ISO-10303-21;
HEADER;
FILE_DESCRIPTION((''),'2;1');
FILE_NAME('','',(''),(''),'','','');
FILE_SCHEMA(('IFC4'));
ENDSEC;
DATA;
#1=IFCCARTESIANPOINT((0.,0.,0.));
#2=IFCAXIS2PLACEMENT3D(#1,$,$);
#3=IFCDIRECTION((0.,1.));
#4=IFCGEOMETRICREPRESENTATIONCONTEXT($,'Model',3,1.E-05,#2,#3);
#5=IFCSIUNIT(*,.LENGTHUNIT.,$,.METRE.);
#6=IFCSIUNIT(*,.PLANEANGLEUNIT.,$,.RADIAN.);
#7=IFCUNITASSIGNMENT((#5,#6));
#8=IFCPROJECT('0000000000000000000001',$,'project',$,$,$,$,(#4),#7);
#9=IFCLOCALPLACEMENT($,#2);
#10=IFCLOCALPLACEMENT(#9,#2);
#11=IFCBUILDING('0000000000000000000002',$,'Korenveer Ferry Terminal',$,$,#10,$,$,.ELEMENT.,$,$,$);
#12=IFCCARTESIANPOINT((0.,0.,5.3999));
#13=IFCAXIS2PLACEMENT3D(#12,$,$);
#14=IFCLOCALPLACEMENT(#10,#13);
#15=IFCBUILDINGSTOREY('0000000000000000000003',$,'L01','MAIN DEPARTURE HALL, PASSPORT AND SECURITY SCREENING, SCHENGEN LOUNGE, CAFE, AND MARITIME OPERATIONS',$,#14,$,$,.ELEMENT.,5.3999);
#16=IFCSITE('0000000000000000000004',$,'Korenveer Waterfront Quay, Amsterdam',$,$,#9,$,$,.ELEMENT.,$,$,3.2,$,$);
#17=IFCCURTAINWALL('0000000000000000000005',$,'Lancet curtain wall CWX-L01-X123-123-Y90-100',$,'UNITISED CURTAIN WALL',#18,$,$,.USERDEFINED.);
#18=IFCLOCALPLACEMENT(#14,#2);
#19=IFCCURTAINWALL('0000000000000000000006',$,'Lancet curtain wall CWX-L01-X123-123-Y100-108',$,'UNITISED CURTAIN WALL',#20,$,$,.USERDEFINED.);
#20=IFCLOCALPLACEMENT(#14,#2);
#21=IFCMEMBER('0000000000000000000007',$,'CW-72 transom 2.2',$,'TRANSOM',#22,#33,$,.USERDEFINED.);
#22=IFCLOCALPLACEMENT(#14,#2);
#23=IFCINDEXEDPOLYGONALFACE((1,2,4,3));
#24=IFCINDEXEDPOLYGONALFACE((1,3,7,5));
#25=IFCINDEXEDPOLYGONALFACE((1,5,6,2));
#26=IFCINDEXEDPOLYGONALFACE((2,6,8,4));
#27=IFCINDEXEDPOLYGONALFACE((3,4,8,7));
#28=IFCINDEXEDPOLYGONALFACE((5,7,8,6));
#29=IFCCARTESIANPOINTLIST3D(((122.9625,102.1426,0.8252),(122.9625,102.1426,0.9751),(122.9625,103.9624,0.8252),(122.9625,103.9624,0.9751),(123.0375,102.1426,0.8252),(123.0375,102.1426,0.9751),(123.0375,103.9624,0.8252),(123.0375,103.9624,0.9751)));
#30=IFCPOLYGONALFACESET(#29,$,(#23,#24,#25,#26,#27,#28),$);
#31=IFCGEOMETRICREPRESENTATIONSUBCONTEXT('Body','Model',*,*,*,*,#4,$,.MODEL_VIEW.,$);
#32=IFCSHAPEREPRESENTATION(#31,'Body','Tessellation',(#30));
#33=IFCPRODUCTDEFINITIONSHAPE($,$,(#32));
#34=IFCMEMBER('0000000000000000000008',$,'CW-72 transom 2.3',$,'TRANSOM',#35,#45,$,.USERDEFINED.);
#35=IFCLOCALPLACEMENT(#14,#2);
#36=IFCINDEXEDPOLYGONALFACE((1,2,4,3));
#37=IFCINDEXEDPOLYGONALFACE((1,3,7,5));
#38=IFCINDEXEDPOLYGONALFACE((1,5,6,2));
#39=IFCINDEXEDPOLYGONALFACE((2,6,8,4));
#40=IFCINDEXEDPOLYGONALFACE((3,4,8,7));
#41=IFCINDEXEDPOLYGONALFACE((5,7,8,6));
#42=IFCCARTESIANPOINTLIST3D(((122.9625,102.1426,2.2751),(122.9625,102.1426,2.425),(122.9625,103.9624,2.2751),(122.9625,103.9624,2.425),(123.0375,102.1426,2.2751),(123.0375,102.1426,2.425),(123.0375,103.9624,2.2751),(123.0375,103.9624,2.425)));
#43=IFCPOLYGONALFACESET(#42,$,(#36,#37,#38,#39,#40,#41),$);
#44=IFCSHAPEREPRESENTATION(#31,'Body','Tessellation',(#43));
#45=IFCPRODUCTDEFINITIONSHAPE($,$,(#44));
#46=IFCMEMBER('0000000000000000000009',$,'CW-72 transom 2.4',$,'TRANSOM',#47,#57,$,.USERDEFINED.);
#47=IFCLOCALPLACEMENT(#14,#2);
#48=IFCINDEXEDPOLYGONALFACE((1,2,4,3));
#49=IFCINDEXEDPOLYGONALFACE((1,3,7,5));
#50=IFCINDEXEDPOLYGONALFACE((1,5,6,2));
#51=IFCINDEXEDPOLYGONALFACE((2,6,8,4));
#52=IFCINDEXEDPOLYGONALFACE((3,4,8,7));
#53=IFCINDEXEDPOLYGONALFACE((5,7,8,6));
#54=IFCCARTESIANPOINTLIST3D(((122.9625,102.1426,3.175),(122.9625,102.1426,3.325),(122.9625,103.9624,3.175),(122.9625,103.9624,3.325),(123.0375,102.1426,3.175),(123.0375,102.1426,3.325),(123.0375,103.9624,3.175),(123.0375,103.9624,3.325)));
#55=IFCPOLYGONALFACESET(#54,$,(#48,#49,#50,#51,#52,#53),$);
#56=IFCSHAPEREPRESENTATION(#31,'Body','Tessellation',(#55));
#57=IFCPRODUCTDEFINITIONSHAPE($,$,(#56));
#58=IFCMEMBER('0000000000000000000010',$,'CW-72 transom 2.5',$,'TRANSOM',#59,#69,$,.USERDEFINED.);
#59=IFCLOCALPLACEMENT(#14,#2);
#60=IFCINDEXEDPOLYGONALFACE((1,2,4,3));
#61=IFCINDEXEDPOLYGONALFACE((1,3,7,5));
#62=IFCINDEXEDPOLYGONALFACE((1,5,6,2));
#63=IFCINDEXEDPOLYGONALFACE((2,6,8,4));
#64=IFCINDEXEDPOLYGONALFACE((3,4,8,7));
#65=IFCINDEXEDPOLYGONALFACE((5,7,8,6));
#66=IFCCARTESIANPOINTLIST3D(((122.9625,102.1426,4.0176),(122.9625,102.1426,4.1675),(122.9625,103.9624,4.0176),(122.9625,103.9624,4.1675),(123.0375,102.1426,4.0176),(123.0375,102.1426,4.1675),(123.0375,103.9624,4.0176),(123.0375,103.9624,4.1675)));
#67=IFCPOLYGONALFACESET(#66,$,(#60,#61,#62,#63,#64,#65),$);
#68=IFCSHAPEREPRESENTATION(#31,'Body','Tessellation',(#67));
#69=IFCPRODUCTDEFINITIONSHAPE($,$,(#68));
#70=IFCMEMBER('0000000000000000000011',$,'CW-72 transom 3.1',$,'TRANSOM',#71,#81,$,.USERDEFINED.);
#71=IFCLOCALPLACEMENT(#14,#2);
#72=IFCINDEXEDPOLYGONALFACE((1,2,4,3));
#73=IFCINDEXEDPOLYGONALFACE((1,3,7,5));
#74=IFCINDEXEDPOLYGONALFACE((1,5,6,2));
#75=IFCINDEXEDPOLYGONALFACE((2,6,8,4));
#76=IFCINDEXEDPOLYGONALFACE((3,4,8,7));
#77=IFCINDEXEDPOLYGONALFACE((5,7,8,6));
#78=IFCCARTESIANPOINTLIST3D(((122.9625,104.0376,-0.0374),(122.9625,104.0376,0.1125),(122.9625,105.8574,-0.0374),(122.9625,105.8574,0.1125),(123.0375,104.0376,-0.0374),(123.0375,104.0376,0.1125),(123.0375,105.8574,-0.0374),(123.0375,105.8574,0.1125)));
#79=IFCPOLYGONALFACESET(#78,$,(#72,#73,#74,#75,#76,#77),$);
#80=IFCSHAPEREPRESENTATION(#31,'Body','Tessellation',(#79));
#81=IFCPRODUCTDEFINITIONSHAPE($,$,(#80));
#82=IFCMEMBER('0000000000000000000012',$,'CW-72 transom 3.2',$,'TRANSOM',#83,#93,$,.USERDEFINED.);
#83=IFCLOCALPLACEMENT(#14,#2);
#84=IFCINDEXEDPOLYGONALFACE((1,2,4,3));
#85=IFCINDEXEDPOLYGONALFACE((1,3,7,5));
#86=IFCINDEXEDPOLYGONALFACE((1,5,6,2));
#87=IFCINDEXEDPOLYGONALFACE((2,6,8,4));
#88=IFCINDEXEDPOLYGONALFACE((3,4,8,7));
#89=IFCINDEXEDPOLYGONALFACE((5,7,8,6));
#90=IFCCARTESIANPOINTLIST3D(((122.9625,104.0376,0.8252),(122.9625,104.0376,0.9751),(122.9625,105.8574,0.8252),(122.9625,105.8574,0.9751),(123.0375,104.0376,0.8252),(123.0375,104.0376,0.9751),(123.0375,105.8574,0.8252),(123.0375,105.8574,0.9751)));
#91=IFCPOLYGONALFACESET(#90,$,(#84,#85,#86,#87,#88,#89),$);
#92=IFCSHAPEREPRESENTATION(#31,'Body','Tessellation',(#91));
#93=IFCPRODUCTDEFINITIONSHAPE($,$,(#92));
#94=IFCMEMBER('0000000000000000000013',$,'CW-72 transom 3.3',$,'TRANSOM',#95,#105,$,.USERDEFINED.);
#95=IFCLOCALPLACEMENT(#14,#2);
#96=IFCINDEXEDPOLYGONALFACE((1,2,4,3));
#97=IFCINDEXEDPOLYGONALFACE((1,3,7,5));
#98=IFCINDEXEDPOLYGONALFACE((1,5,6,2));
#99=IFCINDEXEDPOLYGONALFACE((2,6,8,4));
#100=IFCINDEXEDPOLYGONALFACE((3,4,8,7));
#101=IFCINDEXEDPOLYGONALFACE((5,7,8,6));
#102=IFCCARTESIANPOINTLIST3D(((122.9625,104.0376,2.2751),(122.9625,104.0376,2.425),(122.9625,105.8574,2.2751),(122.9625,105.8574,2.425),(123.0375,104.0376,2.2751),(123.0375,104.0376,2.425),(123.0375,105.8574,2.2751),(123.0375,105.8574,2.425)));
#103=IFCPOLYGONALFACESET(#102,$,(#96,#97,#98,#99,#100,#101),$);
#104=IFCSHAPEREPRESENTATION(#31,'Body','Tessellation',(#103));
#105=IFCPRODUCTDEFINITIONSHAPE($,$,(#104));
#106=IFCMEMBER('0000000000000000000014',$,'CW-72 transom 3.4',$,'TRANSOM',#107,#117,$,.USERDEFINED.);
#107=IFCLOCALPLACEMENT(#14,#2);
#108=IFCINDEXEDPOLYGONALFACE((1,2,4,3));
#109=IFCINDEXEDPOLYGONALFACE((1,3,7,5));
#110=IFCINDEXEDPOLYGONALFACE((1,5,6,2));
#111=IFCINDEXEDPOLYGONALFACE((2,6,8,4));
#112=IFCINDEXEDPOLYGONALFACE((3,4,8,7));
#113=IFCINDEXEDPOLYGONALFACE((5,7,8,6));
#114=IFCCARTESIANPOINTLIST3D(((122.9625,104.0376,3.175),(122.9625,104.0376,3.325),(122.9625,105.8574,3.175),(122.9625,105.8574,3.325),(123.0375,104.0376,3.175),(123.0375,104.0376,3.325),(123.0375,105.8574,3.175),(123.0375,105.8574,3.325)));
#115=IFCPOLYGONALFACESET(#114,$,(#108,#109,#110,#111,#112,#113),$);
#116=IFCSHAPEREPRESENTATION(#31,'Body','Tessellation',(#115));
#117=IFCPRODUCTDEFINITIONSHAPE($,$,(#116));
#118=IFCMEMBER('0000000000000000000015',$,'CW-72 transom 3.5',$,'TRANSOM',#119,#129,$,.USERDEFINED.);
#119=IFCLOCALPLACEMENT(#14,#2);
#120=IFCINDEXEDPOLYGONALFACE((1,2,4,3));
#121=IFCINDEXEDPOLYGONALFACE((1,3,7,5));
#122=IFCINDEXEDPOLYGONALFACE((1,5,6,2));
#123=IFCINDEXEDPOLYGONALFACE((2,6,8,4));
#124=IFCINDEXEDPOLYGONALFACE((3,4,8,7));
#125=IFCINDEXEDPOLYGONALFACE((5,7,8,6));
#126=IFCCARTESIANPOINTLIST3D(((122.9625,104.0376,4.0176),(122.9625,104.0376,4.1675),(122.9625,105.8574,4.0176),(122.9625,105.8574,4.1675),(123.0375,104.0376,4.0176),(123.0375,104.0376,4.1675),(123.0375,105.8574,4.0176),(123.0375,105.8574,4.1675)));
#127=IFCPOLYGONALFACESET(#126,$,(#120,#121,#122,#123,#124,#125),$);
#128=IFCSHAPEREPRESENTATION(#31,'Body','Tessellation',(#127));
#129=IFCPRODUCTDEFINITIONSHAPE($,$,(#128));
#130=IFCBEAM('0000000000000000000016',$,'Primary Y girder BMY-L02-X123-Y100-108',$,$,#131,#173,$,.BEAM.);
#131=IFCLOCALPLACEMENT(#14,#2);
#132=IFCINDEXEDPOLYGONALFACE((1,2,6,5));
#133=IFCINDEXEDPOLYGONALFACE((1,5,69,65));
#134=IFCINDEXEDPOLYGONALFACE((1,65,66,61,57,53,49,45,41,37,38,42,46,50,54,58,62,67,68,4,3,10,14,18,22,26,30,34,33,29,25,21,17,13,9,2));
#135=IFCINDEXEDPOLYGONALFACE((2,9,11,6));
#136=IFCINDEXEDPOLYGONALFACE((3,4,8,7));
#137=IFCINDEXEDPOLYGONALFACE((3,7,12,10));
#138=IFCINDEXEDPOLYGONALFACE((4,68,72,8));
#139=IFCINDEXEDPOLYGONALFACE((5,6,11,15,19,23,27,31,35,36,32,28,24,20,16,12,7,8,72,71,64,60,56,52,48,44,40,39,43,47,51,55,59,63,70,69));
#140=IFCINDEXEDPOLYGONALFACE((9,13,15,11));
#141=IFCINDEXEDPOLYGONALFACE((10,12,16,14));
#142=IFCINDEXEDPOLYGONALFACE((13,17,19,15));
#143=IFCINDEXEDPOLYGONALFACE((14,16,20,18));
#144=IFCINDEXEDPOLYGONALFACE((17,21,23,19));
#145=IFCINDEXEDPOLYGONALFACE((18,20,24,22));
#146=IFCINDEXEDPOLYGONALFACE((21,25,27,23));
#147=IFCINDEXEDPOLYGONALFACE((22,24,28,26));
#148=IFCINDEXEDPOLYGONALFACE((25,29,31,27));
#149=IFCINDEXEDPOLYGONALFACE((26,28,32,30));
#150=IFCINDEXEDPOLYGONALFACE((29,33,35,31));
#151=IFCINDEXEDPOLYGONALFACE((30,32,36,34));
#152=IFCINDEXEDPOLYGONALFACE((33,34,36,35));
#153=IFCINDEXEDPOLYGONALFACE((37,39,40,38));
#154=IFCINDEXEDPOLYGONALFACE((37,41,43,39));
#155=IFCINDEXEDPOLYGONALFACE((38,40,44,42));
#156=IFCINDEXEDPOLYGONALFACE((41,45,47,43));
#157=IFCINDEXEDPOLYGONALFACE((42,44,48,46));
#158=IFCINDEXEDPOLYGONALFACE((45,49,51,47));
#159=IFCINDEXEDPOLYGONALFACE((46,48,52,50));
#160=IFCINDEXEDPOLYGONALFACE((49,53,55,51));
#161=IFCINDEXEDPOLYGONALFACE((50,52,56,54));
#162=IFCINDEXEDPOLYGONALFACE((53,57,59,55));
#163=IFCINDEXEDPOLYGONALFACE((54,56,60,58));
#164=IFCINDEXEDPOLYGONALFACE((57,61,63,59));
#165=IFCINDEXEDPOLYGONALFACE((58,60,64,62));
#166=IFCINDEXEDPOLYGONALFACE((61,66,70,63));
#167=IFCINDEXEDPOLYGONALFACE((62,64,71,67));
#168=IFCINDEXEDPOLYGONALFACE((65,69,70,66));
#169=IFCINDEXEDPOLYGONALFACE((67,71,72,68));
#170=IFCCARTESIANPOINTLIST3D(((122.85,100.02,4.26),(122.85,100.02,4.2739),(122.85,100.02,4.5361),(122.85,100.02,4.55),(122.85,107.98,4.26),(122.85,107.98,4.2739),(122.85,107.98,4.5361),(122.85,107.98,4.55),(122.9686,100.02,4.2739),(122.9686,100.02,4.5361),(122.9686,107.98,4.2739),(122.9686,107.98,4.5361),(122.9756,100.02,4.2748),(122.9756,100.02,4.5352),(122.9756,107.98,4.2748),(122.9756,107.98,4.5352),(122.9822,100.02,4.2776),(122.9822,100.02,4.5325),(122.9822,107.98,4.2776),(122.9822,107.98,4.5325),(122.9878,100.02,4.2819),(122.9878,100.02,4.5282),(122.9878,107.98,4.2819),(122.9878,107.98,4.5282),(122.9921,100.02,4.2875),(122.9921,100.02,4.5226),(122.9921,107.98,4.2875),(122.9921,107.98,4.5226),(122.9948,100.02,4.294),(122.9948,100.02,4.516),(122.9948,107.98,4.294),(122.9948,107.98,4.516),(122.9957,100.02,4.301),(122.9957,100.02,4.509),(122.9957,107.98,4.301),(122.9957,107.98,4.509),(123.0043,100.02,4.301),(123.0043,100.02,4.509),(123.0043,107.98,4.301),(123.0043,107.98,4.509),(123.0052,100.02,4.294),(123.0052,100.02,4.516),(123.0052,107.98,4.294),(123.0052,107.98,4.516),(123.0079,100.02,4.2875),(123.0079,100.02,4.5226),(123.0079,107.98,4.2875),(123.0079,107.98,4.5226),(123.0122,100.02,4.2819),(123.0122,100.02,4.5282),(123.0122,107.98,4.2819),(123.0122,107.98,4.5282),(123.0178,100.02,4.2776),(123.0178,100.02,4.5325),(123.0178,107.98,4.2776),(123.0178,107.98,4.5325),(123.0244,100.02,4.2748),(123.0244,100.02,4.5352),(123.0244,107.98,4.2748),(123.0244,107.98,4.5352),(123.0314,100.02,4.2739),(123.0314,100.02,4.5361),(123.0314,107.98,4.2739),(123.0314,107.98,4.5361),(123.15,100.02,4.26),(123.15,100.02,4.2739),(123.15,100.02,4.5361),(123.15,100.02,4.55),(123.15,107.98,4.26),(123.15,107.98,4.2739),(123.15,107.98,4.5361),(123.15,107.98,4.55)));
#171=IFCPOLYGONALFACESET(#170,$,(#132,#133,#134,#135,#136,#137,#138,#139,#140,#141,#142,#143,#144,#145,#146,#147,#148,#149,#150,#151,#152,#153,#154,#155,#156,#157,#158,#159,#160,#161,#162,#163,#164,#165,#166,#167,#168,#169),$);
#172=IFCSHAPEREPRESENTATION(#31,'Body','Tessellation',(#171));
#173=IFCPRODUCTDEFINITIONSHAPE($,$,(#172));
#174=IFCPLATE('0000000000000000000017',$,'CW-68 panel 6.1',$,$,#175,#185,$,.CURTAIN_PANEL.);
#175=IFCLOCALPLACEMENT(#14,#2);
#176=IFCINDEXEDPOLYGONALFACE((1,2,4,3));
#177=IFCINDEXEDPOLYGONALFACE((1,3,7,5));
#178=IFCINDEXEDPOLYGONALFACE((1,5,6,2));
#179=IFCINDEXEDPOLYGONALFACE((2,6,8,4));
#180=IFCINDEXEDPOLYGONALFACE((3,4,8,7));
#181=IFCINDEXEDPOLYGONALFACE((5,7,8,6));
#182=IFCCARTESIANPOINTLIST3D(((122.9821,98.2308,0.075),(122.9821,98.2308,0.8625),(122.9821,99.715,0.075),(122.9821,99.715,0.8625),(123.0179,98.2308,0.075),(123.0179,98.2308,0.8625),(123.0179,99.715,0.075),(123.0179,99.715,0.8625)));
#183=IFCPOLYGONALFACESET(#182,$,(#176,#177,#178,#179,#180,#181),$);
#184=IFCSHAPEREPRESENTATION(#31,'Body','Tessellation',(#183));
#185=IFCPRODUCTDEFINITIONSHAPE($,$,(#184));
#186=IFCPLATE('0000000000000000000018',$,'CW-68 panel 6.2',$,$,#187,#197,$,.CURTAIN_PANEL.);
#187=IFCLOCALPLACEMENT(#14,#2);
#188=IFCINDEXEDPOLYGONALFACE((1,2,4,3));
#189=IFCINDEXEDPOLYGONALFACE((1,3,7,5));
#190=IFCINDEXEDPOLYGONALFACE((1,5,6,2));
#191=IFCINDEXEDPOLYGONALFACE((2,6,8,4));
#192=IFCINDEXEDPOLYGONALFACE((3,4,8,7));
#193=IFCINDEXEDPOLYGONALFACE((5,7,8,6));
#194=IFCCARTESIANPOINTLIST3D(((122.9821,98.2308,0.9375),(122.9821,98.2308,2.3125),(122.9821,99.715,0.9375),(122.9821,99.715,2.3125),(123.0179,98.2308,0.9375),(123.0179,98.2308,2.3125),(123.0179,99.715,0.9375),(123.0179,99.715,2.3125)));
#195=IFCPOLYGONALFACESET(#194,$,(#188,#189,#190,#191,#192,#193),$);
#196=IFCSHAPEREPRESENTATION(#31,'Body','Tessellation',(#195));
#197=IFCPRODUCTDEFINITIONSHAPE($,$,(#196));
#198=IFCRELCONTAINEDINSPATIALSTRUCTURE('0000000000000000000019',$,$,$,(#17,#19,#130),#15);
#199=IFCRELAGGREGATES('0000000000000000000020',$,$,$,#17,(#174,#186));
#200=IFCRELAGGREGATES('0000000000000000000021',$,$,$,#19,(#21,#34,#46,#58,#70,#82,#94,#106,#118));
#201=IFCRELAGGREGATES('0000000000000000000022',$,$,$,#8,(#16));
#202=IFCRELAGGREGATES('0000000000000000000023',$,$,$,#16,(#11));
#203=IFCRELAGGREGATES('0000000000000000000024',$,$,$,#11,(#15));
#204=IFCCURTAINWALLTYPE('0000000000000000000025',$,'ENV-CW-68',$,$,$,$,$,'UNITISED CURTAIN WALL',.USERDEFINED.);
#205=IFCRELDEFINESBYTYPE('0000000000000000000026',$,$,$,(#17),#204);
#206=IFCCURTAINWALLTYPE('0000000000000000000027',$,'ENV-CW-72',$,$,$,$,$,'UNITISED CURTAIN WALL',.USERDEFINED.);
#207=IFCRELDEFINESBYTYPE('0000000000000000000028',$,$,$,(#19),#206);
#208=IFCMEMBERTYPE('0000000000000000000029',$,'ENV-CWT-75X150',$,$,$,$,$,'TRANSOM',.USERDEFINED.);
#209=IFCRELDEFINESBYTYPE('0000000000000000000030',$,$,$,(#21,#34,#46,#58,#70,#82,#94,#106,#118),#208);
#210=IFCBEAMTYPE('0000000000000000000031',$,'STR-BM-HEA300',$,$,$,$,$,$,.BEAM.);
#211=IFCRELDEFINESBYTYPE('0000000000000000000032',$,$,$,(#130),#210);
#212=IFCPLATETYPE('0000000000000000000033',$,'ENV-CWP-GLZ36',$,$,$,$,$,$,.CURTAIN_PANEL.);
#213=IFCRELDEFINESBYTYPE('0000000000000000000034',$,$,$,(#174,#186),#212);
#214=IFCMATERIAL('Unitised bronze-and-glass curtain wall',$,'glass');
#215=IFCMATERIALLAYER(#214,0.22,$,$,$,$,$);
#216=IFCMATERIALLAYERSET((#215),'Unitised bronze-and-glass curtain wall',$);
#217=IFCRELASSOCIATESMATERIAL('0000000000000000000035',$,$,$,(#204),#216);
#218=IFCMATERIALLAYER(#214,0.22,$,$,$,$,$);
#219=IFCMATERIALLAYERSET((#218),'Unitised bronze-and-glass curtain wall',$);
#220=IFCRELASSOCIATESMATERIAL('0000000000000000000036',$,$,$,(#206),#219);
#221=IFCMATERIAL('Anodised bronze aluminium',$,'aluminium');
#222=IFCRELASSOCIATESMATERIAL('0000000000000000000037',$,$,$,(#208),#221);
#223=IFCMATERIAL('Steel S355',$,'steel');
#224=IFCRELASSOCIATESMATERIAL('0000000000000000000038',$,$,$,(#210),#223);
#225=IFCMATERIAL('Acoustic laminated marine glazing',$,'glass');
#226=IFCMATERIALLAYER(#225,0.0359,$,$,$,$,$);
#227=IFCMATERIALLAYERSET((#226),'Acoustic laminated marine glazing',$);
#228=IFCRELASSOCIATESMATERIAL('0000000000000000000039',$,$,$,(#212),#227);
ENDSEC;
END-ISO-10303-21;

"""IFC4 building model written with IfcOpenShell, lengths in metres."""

from ifc_helpers import new_model, si_unit, direction, frame, origin, origin_2d, place, context, subcontext, project, spatial, rectangle, i_section, extrude, material, layer, layer_set, material_profile, profile_set, type_object, element, aggregate, save


model = new_model("IFC4")

# Units and contexts
model_context = context("Model", 3, precision=1e-05, world=origin(), true_north=direction((0.0, 1.0)))
body_context = subcontext(model_context, "Body", "Model", "MODEL_VIEW")
ifc_project = project(units=[si_unit("LENGTHUNIT", "METRE"), si_unit("PLANEANGLEUNIT", "RADIAN")], contexts=[model_context])

# Site, building, storey
site_placement = place(None, origin())
site = spatial("IfcSite", under=ifc_project, at=site_placement, Name="Korenveer Waterfront Quay, Amsterdam", CompositionType="ELEMENT", RefElevation=3.2)
building_placement = place(site_placement, origin())
building = spatial("IfcBuilding", under=site, at=building_placement, Name="Korenveer Ferry Terminal", CompositionType="ELEMENT")
storey_placement = place(building_placement, frame((0.0, 0.0, 5.3999)))
storey = spatial("IfcBuildingStorey", under=building, at=storey_placement, Name="L01", Description="MAIN DEPARTURE HALL, PASSPORT AND SECURITY SCREENING, SCHENGEN LOUNGE, CAFE, AND MARITIME OPERATIONS", CompositionType="ELEMENT", Elevation=5.3999)

# Shared definitions
ifc_material_1 = material(Name="Steel S355", Category="steel")

# Curtain wall
ifc_material_2 = material(Name="Unitised bronze-and-glass curtain wall", Category="glass")
ifc_layer_1 = layer(ifc_material_2, 0.22)
ifc_layer_set_1 = layer_set([ifc_layer_1], Name="Unitised bronze-and-glass curtain wall")
curtain_wall_type_1 = type_object("IfcCurtainWallType", Name="ENV-CW-68", ElementType="UNITISED CURTAIN WALL", PredefinedType="USERDEFINED", material=ifc_layer_set_1)
curtain_wall_1_placement = place(storey_placement, frame((123.0, 90.21, 0.0)))
curtain_wall_1 = element("IfcCurtainWall", 1, at=curtain_wall_1_placement, inside=storey, type_object=curtain_wall_type_1, Name="Lancet curtain wall CWX-L01-X123-123-Y90-100", ObjectType="UNITISED CURTAIN WALL", PredefinedType="USERDEFINED")
ifc_material_3 = material(Name="Anodised bronze aluminium", Category="aluminium")

# Curtain wall
ifc_layer_2 = layer(ifc_material_2, 0.22)
ifc_layer_set_2 = layer_set([ifc_layer_2], Name="Unitised bronze-and-glass curtain wall")
curtain_wall_type_2 = type_object("IfcCurtainWallType", Name="ENV-CW-72", ElementType="UNITISED CURTAIN WALL", PredefinedType="USERDEFINED", material=ifc_layer_set_2)
curtain_wall_2_placement = place(storey_placement, frame((123.0, 100.21, 0.0)))
curtain_wall_2 = element("IfcCurtainWall", 2, at=curtain_wall_2_placement, inside=storey, type_object=curtain_wall_type_2, Name="Lancet curtain wall CWX-L01-X123-123-Y100-108", ObjectType="UNITISED CURTAIN WALL", PredefinedType="USERDEFINED")

# Members
ifc_material_profile_1 = material_profile(ifc_material_3, rectangle(XDim=0.075, YDim=0.1499, at=origin_2d()), Name="ALU 75x150")
ifc_profile_set_1 = profile_set([ifc_material_profile_1], Name="Anodised bronze aluminium")
member_type_1 = type_object("IfcMemberType", Name="ENV-CWT-75X150", ElementType="TRANSOM", PredefinedType="USERDEFINED", material=ifc_profile_set_1)
member_1_placement = place(storey_placement, frame((123.0, 102.1426, 0.9001), z_axis=(0.0, 1.0, 0.0), x_axis=(-1.0, 0.0, 0.0)))
member_1 = element("IfcMember", 3, at=member_1_placement, type_object=member_type_1, Name="CW-72 transom 2.2", ObjectType="TRANSOM", PredefinedType="USERDEFINED", context=body_context, shape_type="SweptSolid", body=[
    extrude(rectangle(XDim=0.075, YDim=0.1499, at=origin_2d()), origin(), (0.0, 0.0, 1.0), 1.8198),
])
member_2_placement = place(storey_placement, frame((123.0, 102.1426, 2.3501), z_axis=(0.0, 1.0, 0.0), x_axis=(-1.0, 0.0, 0.0)))
member_2 = element("IfcMember", 4, at=member_2_placement, type_object=member_type_1, Name="CW-72 transom 2.3", ObjectType="TRANSOM", PredefinedType="USERDEFINED", context=body_context, shape_type="SweptSolid", body=[
    extrude(rectangle(XDim=0.075, YDim=0.1499, at=origin_2d()), origin(), (0.0, 0.0, 1.0), 1.8198),
])
member_3_placement = place(storey_placement, frame((123.0, 102.1426, 3.25), z_axis=(0.0, 1.0, 0.0), x_axis=(-1.0, 0.0, 0.0)))
member_3 = element("IfcMember", 5, at=member_3_placement, type_object=member_type_1, Name="CW-72 transom 2.4", ObjectType="TRANSOM", PredefinedType="USERDEFINED", context=body_context, shape_type="SweptSolid", body=[
    extrude(rectangle(XDim=0.075, YDim=0.1499, at=origin_2d()), origin(), (0.0, 0.0, 1.0), 1.8198),
])
member_4_placement = place(storey_placement, frame((123.0, 102.1426, 4.0925), z_axis=(0.0, 1.0, 0.0), x_axis=(-1.0, 0.0, 0.0)))
member_4 = element("IfcMember", 6, at=member_4_placement, type_object=member_type_1, Name="CW-72 transom 2.5", ObjectType="TRANSOM", PredefinedType="USERDEFINED", context=body_context, shape_type="SweptSolid", body=[
    extrude(rectangle(XDim=0.075, YDim=0.1499, at=origin_2d()), origin(), (0.0, 0.0, 1.0), 1.8198),
])
member_5_placement = place(storey_placement, frame((123.0, 104.0376, 0.0376), z_axis=(0.0, 1.0, 0.0), x_axis=(-1.0, 0.0, 0.0)))
member_5 = element("IfcMember", 7, at=member_5_placement, type_object=member_type_1, Name="CW-72 transom 3.1", ObjectType="TRANSOM", PredefinedType="USERDEFINED", context=body_context, shape_type="SweptSolid", body=[
    extrude(rectangle(XDim=0.075, YDim=0.1499, at=origin_2d()), origin(), (0.0, 0.0, 1.0), 1.8198),
])
member_6_placement = place(storey_placement, frame((123.0, 104.0376, 0.9001), z_axis=(0.0, 1.0, 0.0), x_axis=(-1.0, 0.0, 0.0)))
member_6 = element("IfcMember", 8, at=member_6_placement, type_object=member_type_1, Name="CW-72 transom 3.2", ObjectType="TRANSOM", PredefinedType="USERDEFINED", context=body_context, shape_type="SweptSolid", body=[
    extrude(rectangle(XDim=0.075, YDim=0.1499, at=origin_2d()), origin(), (0.0, 0.0, 1.0), 1.8198),
])
member_7_placement = place(storey_placement, frame((123.0, 104.0376, 2.3501), z_axis=(0.0, 1.0, 0.0), x_axis=(-1.0, 0.0, 0.0)))
member_7 = element("IfcMember", 9, at=member_7_placement, type_object=member_type_1, Name="CW-72 transom 3.3", ObjectType="TRANSOM", PredefinedType="USERDEFINED", context=body_context, shape_type="SweptSolid", body=[
    extrude(rectangle(XDim=0.075, YDim=0.1499, at=origin_2d()), origin(), (0.0, 0.0, 1.0), 1.8198),
])
member_8_placement = place(storey_placement, frame((123.0, 104.0376, 3.25), z_axis=(0.0, 1.0, 0.0), x_axis=(-1.0, 0.0, 0.0)))
member_8 = element("IfcMember", 10, at=member_8_placement, type_object=member_type_1, Name="CW-72 transom 3.4", ObjectType="TRANSOM", PredefinedType="USERDEFINED", context=body_context, shape_type="SweptSolid", body=[
    extrude(rectangle(XDim=0.075, YDim=0.1499, at=origin_2d()), origin(), (0.0, 0.0, 1.0), 1.8198),
])
member_9_placement = place(storey_placement, frame((123.0, 104.0376, 4.0925), z_axis=(0.0, 1.0, 0.0), x_axis=(-1.0, 0.0, 0.0)))
member_9 = element("IfcMember", 11, at=member_9_placement, type_object=member_type_1, Name="CW-72 transom 3.5", ObjectType="TRANSOM", PredefinedType="USERDEFINED", context=body_context, shape_type="SweptSolid", body=[
    extrude(rectangle(XDim=0.075, YDim=0.1499, at=origin_2d()), origin(), (0.0, 0.0, 1.0), 1.8198),
])

# Beam
ifc_material_profile_2 = material_profile(ifc_material_1, i_section(OverallWidth=0.3, OverallDepth=0.29, WebThickness=0.0085, FlangeThickness=0.0139, FilletRadius=0.0271, at=origin_2d()), Name="HEA 300")
ifc_profile_set_2 = profile_set([ifc_material_profile_2], Name="Steel S355")
beam_type = type_object("IfcBeamType", Name="STR-BM-HEA300", PredefinedType="BEAM", material=ifc_profile_set_2)
beam_placement = place(storey_placement, frame((123.0, 100.02, 4.405), z_axis=(0.0, 1.0, 0.0), x_axis=(-1.0, 0.0, 0.0)))
element("IfcBeam", 12, at=beam_placement, inside=storey, type_object=beam_type, Name="Primary Y girder BMY-L02-X123-Y100-108", PredefinedType="BEAM", context=body_context, shape_type="SweptSolid", body=[
    extrude(i_section(OverallWidth=0.3, OverallDepth=0.29, WebThickness=0.0085, FlangeThickness=0.0139, FilletRadius=0.0271, at=origin_2d()), origin(), (0.0, 0.0, 1.0), 7.96),
])

# Plates
ifc_material_4 = material(Name="Acoustic laminated marine glazing", Category="glass")
ifc_layer_3 = layer(ifc_material_4, 0.0359)
ifc_layer_set_3 = layer_set([ifc_layer_3], Name="Acoustic laminated marine glazing")
plate_type = type_object("IfcPlateType", Name="ENV-CWP-GLZ36", PredefinedType="CURTAIN_PANEL", material=ifc_layer_set_3)
plate_1_placement = place(storey_placement, frame((123.0, 98.9729, 0.075), z_axis=(0.0, 0.0, 1.0), x_axis=(0.0, 1.0, 0.0)))
plate_1 = element("IfcPlate", 13, at=plate_1_placement, type_object=plate_type, Name="CW-68 panel 6.1", PredefinedType="CURTAIN_PANEL", context=body_context, shape_type="SweptSolid", body=[
    extrude(rectangle(XDim=1.4841, YDim=0.0359, at=origin_2d()), origin(), (0.0, 0.0, 1.0), 0.7876),
])
plate_2_placement = place(storey_placement, frame((123.0, 98.9729, 0.9375), z_axis=(0.0, 0.0, 1.0), x_axis=(0.0, 1.0, 0.0)))
plate_2 = element("IfcPlate", 14, at=plate_2_placement, type_object=plate_type, Name="CW-68 panel 6.2", PredefinedType="CURTAIN_PANEL", context=body_context, shape_type="SweptSolid", body=[
    extrude(rectangle(XDim=1.4841, YDim=0.0359, at=origin_2d()), origin(), (0.0, 0.0, 1.0), 1.375),
])
aggregate(curtain_wall_1, [plate_1, plate_2])
aggregate(curtain_wall_2, [member_1, member_2, member_3, member_4, member_5, member_6, member_7, member_8, member_9])

save(model, "model.ifc")
